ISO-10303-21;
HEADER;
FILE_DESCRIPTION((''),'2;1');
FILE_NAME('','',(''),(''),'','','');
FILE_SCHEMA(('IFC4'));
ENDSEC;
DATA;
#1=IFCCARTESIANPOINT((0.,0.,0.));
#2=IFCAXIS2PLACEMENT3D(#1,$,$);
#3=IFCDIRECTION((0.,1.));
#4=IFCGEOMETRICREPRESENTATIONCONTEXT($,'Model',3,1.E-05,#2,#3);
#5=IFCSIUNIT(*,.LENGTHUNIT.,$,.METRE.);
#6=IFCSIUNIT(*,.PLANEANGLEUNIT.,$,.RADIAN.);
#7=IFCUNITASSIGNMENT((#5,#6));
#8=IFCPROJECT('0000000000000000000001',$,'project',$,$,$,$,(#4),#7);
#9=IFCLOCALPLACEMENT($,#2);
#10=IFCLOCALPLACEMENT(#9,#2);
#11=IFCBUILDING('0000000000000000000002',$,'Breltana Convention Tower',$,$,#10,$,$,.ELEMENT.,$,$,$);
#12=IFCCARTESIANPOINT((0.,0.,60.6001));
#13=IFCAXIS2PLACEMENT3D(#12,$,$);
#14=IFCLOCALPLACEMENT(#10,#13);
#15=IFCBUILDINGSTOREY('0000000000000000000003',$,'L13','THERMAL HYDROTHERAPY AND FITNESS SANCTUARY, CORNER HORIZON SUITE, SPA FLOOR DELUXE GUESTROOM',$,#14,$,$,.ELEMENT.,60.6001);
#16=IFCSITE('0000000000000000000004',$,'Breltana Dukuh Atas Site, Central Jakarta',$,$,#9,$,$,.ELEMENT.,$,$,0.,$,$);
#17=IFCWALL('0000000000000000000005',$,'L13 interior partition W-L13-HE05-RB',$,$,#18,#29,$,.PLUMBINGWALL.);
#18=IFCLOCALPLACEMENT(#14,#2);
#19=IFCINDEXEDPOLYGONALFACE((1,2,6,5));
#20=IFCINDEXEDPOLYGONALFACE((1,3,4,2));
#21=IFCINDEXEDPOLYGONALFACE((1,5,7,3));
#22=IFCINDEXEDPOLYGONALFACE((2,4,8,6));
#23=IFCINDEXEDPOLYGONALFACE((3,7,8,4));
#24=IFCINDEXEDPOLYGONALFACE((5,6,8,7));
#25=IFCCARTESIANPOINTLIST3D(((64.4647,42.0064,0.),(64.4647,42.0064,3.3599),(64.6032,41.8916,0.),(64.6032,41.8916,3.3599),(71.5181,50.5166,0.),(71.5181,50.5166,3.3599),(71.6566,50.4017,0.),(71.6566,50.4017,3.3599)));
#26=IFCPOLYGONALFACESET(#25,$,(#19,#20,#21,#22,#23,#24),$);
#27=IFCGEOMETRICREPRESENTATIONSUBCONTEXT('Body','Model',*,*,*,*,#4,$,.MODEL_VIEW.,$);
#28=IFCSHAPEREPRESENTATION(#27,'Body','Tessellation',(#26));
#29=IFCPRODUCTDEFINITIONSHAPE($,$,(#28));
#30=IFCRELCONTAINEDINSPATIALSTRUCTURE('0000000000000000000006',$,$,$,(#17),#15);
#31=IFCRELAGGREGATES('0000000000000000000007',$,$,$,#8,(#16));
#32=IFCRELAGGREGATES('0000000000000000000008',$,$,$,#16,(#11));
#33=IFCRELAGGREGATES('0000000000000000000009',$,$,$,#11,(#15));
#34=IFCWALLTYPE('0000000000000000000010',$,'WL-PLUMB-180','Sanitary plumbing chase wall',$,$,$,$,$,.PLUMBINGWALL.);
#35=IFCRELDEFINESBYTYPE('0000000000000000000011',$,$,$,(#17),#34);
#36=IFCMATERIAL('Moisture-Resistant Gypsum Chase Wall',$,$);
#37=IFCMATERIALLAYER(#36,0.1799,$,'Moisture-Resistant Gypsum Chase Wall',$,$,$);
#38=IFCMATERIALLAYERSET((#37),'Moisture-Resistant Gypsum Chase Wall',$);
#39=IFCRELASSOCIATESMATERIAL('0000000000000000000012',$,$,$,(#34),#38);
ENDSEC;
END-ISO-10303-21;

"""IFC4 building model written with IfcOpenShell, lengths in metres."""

from ifc_helpers import new_model, si_unit, direction, frame, frame_2d, origin, place, context, subcontext, project, spatial, rectangle, extrude, source, transform, mapped, material, layer, layer_set, type_object, element, save


model = new_model("IFC4")

# Units and contexts
model_context = context("Model", 3, precision=1e-05, world=origin(), true_north=direction((0.0, 1.0)))
body_context = subcontext(model_context, "Body", "Model", "MODEL_VIEW")
ifc_project = project(units=[si_unit("LENGTHUNIT", "METRE"), si_unit("PLANEANGLEUNIT", "RADIAN")], contexts=[model_context])

# Site, building, storey
site_placement = place(None, origin())
site = spatial("IfcSite", under=ifc_project, at=site_placement, Name="Breltana Dukuh Atas Site, Central Jakarta", CompositionType="ELEMENT", RefElevation=0.0)
building_placement = place(site_placement, origin())
building = spatial("IfcBuilding", under=site, at=building_placement, Name="Breltana Convention Tower", CompositionType="ELEMENT")
storey_placement = place(building_placement, frame((0.0, 0.0, 60.6001)))
storey = spatial("IfcBuildingStorey", under=building, at=storey_placement, Name="L13", Description="THERMAL HYDROTHERAPY AND FITNESS SANCTUARY, CORNER HORIZON SUITE, SPA FLOOR DELUXE GUESTROOM", CompositionType="ELEMENT", Elevation=60.6001)

# Wall
ifc_material_1 = material(Name="Moisture-Resistant Gypsum Chase Wall")
ifc_layer_1 = layer(ifc_material_1, 0.1799, Name="Moisture-Resistant Gypsum Chase Wall")
ifc_layer_set_1 = layer_set([ifc_layer_1], Name="Moisture-Resistant Gypsum Chase Wall")
wall_type = type_object("IfcWallType", Name="WL-PLUMB-180", Description="Sanitary plumbing chase wall", PredefinedType="PLUMBINGWALL", material=ifc_layer_set_1)
shared_shape_1 = source(origin(), body_context, "Body", "SweptSolid", [
    extrude(rectangle(XDim=11.0532, YDim=0.1799, at=frame_2d((5.5266, 0.0))), origin(), (0.0, 0.0, 1.0), 3.3599),
])
wall_placement = place(storey_placement, frame((64.5339, 41.949, 0.0), z_axis=(0.0, 0.0, 1.0), x_axis=(0.638131, 0.769928, 0.0)))
element("IfcWall", 1, at=wall_placement, inside=storey, type_object=wall_type, Name="L13 interior partition W-L13-HE05-RB", PredefinedType="PLUMBINGWALL", context=body_context, shape_type="MappedRepresentation", body=[
    mapped(shared_shape_1, transform((0.0, 0.0, 0.0), scale=1.0)),
])

save(model, "model.ifc")
